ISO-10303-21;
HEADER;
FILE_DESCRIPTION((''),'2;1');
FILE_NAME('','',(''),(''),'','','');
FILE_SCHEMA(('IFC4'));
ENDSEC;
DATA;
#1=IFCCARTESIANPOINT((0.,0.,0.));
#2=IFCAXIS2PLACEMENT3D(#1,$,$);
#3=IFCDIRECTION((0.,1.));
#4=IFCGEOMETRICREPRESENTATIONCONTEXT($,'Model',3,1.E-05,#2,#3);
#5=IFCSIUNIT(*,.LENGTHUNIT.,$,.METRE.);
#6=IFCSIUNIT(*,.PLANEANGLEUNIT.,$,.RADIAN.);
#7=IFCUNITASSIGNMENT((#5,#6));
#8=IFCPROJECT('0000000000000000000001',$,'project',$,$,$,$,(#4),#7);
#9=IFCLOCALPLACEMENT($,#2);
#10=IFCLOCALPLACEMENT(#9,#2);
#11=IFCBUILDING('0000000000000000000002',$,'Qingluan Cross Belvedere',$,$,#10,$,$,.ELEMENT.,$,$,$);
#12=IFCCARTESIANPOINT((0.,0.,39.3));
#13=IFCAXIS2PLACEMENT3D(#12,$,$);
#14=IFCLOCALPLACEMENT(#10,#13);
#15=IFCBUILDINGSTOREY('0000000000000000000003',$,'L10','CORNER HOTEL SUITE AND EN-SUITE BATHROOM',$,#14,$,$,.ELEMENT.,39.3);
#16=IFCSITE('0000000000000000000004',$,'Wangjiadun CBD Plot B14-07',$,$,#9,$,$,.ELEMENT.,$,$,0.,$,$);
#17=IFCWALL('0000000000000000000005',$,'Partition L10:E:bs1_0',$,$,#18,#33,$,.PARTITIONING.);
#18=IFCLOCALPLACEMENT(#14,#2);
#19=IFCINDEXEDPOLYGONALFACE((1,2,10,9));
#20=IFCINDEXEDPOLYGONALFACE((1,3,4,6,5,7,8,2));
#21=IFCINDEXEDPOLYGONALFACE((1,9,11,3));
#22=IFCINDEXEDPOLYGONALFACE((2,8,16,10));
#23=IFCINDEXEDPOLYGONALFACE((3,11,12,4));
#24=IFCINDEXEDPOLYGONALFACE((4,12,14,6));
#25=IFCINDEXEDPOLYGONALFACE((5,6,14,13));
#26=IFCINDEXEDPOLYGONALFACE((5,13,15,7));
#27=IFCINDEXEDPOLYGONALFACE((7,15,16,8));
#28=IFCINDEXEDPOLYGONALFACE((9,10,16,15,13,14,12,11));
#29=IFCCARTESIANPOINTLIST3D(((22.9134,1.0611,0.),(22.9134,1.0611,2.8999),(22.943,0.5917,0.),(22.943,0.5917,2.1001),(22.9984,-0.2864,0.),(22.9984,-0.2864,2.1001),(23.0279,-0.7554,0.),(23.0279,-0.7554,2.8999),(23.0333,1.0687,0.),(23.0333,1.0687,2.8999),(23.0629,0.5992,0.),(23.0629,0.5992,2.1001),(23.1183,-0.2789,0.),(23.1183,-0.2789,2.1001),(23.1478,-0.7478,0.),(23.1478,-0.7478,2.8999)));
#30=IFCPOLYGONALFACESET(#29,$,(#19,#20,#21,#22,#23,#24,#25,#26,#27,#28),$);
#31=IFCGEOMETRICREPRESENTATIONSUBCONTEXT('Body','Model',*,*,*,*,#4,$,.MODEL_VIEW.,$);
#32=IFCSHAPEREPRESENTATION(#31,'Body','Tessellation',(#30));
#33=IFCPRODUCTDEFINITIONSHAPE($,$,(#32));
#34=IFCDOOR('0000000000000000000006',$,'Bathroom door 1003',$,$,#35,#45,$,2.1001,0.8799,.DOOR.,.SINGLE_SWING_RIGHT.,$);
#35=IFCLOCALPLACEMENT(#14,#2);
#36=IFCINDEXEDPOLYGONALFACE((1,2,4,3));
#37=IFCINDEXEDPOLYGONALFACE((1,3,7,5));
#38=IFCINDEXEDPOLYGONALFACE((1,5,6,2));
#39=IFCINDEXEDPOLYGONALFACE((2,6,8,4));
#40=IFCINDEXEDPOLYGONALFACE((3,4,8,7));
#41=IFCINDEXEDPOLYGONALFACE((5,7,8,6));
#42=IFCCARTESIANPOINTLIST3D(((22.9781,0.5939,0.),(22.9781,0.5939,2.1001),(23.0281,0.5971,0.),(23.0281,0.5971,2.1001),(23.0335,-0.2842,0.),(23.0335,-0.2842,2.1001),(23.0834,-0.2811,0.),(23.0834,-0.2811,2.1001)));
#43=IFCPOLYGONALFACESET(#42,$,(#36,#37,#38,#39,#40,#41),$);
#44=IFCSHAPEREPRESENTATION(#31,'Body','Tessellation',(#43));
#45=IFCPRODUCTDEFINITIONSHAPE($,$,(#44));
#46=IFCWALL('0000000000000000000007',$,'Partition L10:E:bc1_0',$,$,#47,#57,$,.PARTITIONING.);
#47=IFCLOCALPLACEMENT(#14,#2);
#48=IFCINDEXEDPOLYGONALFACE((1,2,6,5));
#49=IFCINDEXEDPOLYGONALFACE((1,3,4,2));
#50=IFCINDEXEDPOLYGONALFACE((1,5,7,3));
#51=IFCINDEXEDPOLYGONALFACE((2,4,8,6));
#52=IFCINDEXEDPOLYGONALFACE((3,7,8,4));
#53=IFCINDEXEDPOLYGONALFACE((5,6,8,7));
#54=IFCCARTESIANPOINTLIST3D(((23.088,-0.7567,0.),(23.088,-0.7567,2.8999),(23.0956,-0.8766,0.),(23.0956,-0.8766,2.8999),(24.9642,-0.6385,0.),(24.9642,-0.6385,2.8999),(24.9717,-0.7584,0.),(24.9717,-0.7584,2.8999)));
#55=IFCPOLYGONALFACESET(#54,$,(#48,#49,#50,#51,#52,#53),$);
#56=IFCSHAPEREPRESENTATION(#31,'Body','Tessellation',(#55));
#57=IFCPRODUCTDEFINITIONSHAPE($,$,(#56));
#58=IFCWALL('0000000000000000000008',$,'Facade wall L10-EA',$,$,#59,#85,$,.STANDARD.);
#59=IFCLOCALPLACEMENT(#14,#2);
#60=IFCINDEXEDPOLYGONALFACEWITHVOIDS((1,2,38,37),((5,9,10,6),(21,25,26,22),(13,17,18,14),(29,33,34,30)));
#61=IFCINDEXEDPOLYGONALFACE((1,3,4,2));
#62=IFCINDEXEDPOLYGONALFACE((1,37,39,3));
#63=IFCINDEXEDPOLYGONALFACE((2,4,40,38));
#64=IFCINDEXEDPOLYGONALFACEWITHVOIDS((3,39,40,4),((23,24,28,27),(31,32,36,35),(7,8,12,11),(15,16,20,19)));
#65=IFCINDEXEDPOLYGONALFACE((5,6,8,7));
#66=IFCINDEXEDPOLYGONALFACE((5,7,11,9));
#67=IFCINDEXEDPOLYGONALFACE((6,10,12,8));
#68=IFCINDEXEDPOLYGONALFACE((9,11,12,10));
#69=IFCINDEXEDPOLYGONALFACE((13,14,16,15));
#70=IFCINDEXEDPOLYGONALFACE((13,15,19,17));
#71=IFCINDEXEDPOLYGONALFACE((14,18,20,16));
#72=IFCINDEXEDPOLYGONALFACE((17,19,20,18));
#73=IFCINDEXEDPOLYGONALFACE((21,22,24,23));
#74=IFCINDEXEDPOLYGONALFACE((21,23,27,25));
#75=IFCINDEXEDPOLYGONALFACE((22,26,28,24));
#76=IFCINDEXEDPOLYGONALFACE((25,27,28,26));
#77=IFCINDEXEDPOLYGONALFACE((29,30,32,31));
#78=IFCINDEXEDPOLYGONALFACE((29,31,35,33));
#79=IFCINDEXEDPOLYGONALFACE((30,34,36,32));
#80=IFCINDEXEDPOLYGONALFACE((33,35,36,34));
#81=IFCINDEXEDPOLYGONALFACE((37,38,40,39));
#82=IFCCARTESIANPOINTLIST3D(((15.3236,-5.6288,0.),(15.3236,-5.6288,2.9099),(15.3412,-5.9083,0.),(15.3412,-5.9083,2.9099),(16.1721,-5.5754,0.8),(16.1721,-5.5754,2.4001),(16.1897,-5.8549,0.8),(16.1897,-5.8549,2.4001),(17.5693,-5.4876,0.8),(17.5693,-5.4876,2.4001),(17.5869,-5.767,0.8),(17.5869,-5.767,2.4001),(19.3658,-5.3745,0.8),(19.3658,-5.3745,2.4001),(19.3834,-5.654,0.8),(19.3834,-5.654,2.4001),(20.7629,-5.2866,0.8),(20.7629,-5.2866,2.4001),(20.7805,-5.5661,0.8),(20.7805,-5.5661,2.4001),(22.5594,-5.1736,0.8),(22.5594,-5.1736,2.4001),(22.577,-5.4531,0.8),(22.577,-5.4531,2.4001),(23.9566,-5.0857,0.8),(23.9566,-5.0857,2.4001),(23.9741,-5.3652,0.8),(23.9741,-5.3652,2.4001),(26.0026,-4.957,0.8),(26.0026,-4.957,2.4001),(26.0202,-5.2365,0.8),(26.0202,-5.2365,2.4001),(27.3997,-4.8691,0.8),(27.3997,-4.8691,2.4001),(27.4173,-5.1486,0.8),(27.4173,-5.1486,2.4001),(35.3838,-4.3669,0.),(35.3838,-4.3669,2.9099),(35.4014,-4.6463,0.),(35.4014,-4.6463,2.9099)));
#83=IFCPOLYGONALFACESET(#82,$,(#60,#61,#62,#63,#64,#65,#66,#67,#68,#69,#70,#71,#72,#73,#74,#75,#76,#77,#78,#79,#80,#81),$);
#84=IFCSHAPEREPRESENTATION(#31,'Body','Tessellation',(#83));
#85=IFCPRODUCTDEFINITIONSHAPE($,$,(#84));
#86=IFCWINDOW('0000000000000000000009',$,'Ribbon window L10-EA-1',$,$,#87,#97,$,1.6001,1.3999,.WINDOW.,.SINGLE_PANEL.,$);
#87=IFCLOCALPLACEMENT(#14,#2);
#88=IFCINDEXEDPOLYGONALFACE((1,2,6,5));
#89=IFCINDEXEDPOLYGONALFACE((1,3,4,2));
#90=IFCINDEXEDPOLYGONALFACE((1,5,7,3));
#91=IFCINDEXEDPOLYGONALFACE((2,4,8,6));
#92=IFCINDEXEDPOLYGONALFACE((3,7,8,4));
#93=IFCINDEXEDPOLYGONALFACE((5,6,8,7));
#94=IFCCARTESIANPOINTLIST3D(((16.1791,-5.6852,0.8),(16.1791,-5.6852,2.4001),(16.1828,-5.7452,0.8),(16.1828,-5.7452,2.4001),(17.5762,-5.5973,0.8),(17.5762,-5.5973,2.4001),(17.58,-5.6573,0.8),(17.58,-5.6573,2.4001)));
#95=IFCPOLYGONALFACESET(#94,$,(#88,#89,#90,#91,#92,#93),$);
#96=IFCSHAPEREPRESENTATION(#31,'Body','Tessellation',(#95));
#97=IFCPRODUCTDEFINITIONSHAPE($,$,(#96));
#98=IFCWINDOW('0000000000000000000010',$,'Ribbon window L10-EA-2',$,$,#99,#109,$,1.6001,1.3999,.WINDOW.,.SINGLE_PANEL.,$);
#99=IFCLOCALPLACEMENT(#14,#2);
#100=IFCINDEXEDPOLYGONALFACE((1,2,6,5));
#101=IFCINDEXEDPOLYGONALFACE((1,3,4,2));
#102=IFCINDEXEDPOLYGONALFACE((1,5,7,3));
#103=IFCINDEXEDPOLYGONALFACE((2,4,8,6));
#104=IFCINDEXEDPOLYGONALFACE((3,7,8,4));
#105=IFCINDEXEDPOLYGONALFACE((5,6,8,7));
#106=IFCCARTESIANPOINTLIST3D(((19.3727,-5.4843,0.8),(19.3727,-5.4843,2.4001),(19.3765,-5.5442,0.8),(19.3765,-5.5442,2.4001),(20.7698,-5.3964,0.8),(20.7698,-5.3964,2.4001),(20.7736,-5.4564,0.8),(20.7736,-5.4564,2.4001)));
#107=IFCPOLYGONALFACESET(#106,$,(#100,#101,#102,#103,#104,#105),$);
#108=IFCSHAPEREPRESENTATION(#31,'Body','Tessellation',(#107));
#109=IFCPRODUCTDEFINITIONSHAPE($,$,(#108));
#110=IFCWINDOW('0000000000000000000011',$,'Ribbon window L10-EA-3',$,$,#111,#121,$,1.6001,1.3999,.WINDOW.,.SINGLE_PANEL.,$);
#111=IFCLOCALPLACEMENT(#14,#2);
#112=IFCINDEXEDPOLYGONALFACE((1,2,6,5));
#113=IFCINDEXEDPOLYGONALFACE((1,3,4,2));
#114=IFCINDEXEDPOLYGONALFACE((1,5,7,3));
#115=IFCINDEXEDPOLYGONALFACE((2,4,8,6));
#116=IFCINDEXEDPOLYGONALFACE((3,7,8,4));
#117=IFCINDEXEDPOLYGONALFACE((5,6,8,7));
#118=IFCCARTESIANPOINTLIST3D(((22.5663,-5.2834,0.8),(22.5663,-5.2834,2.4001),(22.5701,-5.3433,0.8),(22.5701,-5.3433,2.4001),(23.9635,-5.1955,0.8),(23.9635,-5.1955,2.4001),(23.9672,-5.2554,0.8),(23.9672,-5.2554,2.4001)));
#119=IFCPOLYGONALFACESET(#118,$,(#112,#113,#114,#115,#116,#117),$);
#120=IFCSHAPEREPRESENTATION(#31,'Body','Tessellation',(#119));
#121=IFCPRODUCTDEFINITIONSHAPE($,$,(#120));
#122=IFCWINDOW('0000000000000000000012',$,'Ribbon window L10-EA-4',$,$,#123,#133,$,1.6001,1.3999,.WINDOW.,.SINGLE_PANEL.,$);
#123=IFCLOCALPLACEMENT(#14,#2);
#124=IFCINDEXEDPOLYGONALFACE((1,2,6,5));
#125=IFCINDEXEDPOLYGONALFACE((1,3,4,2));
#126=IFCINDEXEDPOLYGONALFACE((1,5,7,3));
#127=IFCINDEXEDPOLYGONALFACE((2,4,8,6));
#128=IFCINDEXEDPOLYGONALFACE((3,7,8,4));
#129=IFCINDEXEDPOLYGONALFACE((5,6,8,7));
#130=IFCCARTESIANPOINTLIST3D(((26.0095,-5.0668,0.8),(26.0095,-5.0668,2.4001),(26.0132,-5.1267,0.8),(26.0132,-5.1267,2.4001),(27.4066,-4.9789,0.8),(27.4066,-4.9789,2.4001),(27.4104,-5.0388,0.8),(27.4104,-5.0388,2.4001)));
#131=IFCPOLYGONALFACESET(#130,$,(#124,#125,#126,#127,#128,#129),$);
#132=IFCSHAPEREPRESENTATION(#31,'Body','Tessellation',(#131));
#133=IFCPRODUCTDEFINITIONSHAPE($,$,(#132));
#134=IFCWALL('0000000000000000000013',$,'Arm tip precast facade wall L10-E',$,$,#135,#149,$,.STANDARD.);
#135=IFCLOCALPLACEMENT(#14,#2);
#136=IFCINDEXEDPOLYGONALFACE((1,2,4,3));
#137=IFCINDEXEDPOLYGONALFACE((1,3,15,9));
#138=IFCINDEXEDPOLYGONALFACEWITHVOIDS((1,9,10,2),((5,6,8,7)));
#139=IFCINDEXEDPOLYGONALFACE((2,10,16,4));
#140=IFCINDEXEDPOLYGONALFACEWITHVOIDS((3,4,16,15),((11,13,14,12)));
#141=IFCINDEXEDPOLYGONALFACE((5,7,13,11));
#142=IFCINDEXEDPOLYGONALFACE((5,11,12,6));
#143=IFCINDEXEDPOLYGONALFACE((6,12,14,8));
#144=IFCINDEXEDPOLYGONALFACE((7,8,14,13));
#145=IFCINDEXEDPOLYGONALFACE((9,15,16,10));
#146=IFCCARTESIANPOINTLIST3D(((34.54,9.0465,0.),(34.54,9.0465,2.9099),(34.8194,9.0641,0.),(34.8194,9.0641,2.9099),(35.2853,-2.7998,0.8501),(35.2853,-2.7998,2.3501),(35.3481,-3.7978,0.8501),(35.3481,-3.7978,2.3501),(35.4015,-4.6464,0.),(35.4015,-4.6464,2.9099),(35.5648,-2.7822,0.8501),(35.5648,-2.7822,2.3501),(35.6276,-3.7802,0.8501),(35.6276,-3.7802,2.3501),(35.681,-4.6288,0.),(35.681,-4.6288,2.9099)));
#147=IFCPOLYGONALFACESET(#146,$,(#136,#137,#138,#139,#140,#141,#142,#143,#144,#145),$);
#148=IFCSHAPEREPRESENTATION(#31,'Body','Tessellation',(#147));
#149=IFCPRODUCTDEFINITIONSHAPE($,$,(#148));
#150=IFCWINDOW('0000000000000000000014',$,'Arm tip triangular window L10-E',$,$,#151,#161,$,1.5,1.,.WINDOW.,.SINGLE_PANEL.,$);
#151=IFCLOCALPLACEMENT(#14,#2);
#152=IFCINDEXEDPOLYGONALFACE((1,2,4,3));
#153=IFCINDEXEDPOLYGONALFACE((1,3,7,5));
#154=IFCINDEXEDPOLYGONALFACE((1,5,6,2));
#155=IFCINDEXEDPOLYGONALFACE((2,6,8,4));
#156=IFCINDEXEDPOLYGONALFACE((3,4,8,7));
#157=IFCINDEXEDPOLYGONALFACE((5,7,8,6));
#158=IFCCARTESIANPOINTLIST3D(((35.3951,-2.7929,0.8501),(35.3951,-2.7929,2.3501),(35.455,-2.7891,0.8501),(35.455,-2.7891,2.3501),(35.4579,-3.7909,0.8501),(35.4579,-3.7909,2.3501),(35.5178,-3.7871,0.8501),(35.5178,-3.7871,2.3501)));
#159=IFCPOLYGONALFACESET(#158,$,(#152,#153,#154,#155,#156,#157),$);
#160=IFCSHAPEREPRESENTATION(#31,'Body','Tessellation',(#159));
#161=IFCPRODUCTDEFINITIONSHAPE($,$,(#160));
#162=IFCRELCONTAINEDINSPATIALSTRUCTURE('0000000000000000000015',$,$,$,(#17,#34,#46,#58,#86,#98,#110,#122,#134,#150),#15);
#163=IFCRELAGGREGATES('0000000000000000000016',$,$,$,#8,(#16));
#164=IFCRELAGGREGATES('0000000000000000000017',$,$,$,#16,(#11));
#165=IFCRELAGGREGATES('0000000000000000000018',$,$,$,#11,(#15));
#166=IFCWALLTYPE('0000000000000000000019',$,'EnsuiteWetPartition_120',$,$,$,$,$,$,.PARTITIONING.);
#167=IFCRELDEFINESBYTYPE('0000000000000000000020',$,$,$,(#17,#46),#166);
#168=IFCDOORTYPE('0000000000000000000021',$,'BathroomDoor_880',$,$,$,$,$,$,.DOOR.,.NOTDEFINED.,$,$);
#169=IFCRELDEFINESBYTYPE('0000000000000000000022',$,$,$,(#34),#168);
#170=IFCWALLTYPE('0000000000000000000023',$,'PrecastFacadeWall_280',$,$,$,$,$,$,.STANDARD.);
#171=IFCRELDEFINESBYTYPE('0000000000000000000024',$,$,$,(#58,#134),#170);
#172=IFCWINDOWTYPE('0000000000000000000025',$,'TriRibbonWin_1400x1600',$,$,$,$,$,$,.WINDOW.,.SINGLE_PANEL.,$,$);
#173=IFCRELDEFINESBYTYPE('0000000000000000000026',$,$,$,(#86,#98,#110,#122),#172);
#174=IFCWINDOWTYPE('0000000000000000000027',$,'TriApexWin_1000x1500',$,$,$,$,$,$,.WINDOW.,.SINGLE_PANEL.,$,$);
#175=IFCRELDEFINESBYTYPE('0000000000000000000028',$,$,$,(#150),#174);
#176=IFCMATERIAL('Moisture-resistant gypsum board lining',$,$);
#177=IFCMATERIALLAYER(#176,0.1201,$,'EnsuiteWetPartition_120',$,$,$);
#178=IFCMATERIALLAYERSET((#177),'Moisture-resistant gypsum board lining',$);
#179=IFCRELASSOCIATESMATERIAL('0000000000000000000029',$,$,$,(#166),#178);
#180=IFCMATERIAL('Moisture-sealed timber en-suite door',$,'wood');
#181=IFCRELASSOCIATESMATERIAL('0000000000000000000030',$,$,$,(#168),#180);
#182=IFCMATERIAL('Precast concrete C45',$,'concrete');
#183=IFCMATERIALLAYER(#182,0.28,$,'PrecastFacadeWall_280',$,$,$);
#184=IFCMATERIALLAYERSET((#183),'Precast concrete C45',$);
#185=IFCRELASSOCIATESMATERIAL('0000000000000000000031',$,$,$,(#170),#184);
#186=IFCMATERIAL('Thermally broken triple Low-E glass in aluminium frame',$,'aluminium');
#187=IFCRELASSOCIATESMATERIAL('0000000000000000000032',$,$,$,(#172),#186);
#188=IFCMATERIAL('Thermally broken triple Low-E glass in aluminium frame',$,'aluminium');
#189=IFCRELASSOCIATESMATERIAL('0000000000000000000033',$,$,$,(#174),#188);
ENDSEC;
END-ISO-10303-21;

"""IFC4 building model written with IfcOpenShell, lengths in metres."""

from ifc_helpers import new_model, si_unit, direction, frame, frame_2d, origin, place, context, subcontext, project, spatial, rectangle, extrude, material, layer, layer_set, type_object, element, fill, save


model = new_model("IFC4")

# Units and contexts
model_context = context("Model", 3, precision=1e-05, world=origin(), true_north=direction((0.0, 1.0)))
body_context = subcontext(model_context, "Body", "Model", "MODEL_VIEW")
ifc_project = project(units=[si_unit("LENGTHUNIT", "METRE"), si_unit("PLANEANGLEUNIT", "RADIAN")], contexts=[model_context])

# Site, building, storey
site_placement = place(None, origin())
site = spatial("IfcSite", under=ifc_project, at=site_placement, Name="Wangjiadun CBD Plot B14-07", CompositionType="ELEMENT", RefElevation=0.0)
building_placement = place(site_placement, origin())
building = spatial("IfcBuilding", under=site, at=building_placement, Name="Qingluan Cross Belvedere", CompositionType="ELEMENT")
storey_placement = place(building_placement, frame((0.0, 0.0, 39.3)))
storey = spatial("IfcBuildingStorey", under=building, at=storey_placement, Name="L10", Description="CORNER HOTEL SUITE AND EN-SUITE BATHROOM", CompositionType="ELEMENT", Elevation=39.3)

# Wall, opening, door
ifc_material_1 = material(Name="Moisture-resistant gypsum board lining")
ifc_layer_1 = layer(ifc_material_1, 0.1201, Name="EnsuiteWetPartition_120")
ifc_layer_set_1 = layer_set([ifc_layer_1], Name="Moisture-resistant gypsum board lining")
wall_type_1 = type_object("IfcWallType", Name="EnsuiteWetPartition_120", PredefinedType="PARTITIONING", material=ifc_layer_set_1)
wall_1_placement = place(storey_placement, frame((23.0879, -0.7517, 0.0), z_axis=(0.0, 0.0, 1.0), x_axis=(-0.062913, 0.998019, 0.0)))
wall_1 = element("IfcWall", 1, at=wall_1_placement, inside=storey, type_object=wall_type_1, Name="Partition L10:E:bs1_0", PredefinedType="PARTITIONING", context=body_context, shape_type="SweptSolid", body=[
    extrude(rectangle(XDim=1.8201, YDim=0.1201, at=frame_2d((0.9102, 0.0))), origin(), (0.0, 0.0, 1.0), 2.8999),
])
opening_1_placement = place(wall_1_placement, frame((0.47, 0.0, 0.0)))
opening_1 = element("IfcOpeningElement", 2, at=opening_1_placement, cuts=wall_1, PredefinedType="OPENING", context=body_context, shape_type="SweptSolid", body=[
    extrude(rectangle(XDim=0.8799, YDim=2.1001, at=frame_2d((0.4399, 1.05))), frame((0.0, 0.0701, 0.0), z_axis=(0.0, -1.0, 0.0), x_axis=(1.0, 0.0, 0.0)), (0.0, 0.0, 1.0), 0.1401),
])
ifc_material_2 = material(Name="Moisture-sealed timber en-suite door", Category="wood")
door_type = type_object("IfcDoorType", Name="BathroomDoor_880", OperationType="NOTDEFINED", PredefinedType="DOOR", material=ifc_material_2)
door_placement = place(opening_1_placement, origin())
door = element("IfcDoor", 3, at=door_placement, inside=storey, type_object=door_type, Name="Bathroom door 1003", OperationType="SINGLE_SWING_RIGHT", OverallHeight=2.1001, OverallWidth=0.8799, PredefinedType="DOOR", context=body_context, shape_type="SweptSolid", body=[
    extrude(rectangle(XDim=0.8799, YDim=2.1001, at=frame_2d((0.4399, 1.05))), frame((0.0, 0.0249, 0.0), z_axis=(0.0, -1.0, 0.0), x_axis=(1.0, 0.0, 0.0)), (0.0, 0.0, 1.0), 0.05),
])
fill(opening_1, door)

# Wall
wall_2_placement = place(storey_placement, frame((23.0918, -0.8167, 0.0), z_axis=(0.0, 0.0, 1.0), x_axis=(0.998023, 0.062855, 0.0)))
element("IfcWall", 4, at=wall_2_placement, inside=storey, type_object=wall_type_1, Name="Partition L10:E:bc1_0", PredefinedType="PARTITIONING", context=body_context, shape_type="SweptSolid", body=[
    extrude(rectangle(XDim=1.8799, YDim=0.1201, at=frame_2d((0.9399, 0.0))), origin(), (0.0, 0.0, 1.0), 2.8999),
])

# Wall, openings, windows
ifc_material_3 = material(Name="Precast concrete C45", Category="concrete")
ifc_layer_2 = layer(ifc_material_3, 0.28, Name="PrecastFacadeWall_280")
ifc_layer_set_2 = layer_set([ifc_layer_2], Name="Precast concrete C45")
wall_type_2 = type_object("IfcWallType", Name="PrecastFacadeWall_280", PredefinedType="STANDARD", material=ifc_layer_set_2)
wall_3_placement = place(storey_placement, frame((15.3325, -5.7686, 0.0), z_axis=(0.0, 0.0, 1.0), x_axis=(0.998027, 0.062784, 0.0)))
wall_3 = element("IfcWall", 5, at=wall_3_placement, inside=storey, type_object=wall_type_2, Name="Facade wall L10-EA", PredefinedType="STANDARD", context=body_context, shape_type="SweptSolid", body=[
    extrude(rectangle(XDim=20.0999, YDim=0.28, at=frame_2d((10.0498, 0.0))), origin(), (0.0, 0.0, 1.0), 2.9099),
])
opening_2_placement = place(wall_3_placement, frame((0.8501, 0.0, 0.8)))
opening_2 = element("IfcOpeningElement", 6, at=opening_2_placement, cuts=wall_3, PredefinedType="OPENING", context=body_context, shape_type="SweptSolid", body=[
    extrude(rectangle(XDim=1.3999, YDim=1.6001, at=frame_2d((0.7, 0.8))), frame((0.0, 0.1499, 0.0), z_axis=(0.0, -1.0, 0.0), x_axis=(1.0, 0.0, 0.0)), (0.0, 0.0, 1.0), 0.3),
])
opening_3_placement = place(wall_3_placement, frame((4.05, 0.0, 0.8)))
opening_3 = element("IfcOpeningElement", 7, at=opening_3_placement, cuts=wall_3, PredefinedType="OPENING", context=body_context, shape_type="SweptSolid", body=[
    extrude(rectangle(XDim=1.3999, YDim=1.6001, at=frame_2d((0.7, 0.8))), frame((0.0, 0.1499, 0.0), z_axis=(0.0, -1.0, 0.0), x_axis=(1.0, 0.0, 0.0)), (0.0, 0.0, 1.0), 0.3),
])
opening_4_placement = place(wall_3_placement, frame((7.25, 0.0, 0.8)))
opening_4 = element("IfcOpeningElement", 8, at=opening_4_placement, cuts=wall_3, PredefinedType="OPENING", context=body_context, shape_type="SweptSolid", body=[
    extrude(rectangle(XDim=1.3999, YDim=1.6001, at=frame_2d((0.7, 0.8))), frame((0.0, 0.1499, 0.0), z_axis=(0.0, -1.0, 0.0), x_axis=(1.0, 0.0, 0.0)), (0.0, 0.0, 1.0), 0.3),
])
opening_5_placement = place(wall_3_placement, frame((10.7, 0.0, 0.8)))
opening_5 = element("IfcOpeningElement", 9, at=opening_5_placement, cuts=wall_3, PredefinedType="OPENING", context=body_context, shape_type="SweptSolid", body=[
    extrude(rectangle(XDim=1.3999, YDim=1.6001, at=frame_2d((0.7, 0.8))), frame((0.0, 0.1499, 0.0), z_axis=(0.0, -1.0, 0.0), x_axis=(1.0, 0.0, 0.0)), (0.0, 0.0, 1.0), 0.3),
])
ifc_material_4 = material(Name="Thermally broken triple Low-E glass in aluminium frame", Category="aluminium")
window_type_1 = type_object("IfcWindowType", Name="TriRibbonWin_1400x1600", PartitioningType="SINGLE_PANEL", PredefinedType="WINDOW", material=ifc_material_4)
window_1_placement = place(opening_2_placement, origin())
window_1 = element("IfcWindow", 10, at=window_1_placement, inside=storey, type_object=window_type_1, Name="Ribbon window L10-EA-1", OverallHeight=1.6001, OverallWidth=1.3999, PartitioningType="SINGLE_PANEL", PredefinedType="WINDOW", context=body_context, shape_type="SweptSolid", body=[
    extrude(rectangle(XDim=1.3999, YDim=1.6001, at=frame_2d((0.7, 0.8))), frame((0.0, 0.03, 0.0), z_axis=(0.0, -1.0, 0.0), x_axis=(1.0, 0.0, 0.0)), (0.0, 0.0, 1.0), 0.0601),
])
fill(opening_2, window_1)
window_2_placement = place(opening_3_placement, origin())
window_2 = element("IfcWindow", 11, at=window_2_placement, inside=storey, type_object=window_type_1, Name="Ribbon window L10-EA-2", OverallHeight=1.6001, OverallWidth=1.3999, PartitioningType="SINGLE_PANEL", PredefinedType="WINDOW", context=body_context, shape_type="SweptSolid", body=[
    extrude(rectangle(XDim=1.3999, YDim=1.6001, at=frame_2d((0.7, 0.8))), frame((0.0, 0.03, 0.0), z_axis=(0.0, -1.0, 0.0), x_axis=(1.0, 0.0, 0.0)), (0.0, 0.0, 1.0), 0.0601),
])
fill(opening_3, window_2)
window_3_placement = place(opening_4_placement, origin())
window_3 = element("IfcWindow", 12, at=window_3_placement, inside=storey, type_object=window_type_1, Name="Ribbon window L10-EA-3", OverallHeight=1.6001, OverallWidth=1.3999, PartitioningType="SINGLE_PANEL", PredefinedType="WINDOW", context=body_context, shape_type="SweptSolid", body=[
    extrude(rectangle(XDim=1.3999, YDim=1.6001, at=frame_2d((0.7, 0.8))), frame((0.0, 0.03, 0.0), z_axis=(0.0, -1.0, 0.0), x_axis=(1.0, 0.0, 0.0)), (0.0, 0.0, 1.0), 0.0601),
])
fill(opening_4, window_3)
window_4_placement = place(opening_5_placement, origin())
window_4 = element("IfcWindow", 13, at=window_4_placement, inside=storey, type_object=window_type_1, Name="Ribbon window L10-EA-4", OverallHeight=1.6001, OverallWidth=1.3999, PartitioningType="SINGLE_PANEL", PredefinedType="WINDOW", context=body_context, shape_type="SweptSolid", body=[
    extrude(rectangle(XDim=1.3999, YDim=1.6001, at=frame_2d((0.7, 0.8))), frame((0.0, 0.03, 0.0), z_axis=(0.0, -1.0, 0.0), x_axis=(1.0, 0.0, 0.0)), (0.0, 0.0, 1.0), 0.0601),
])
fill(opening_5, window_4)

# Wall, opening, window
wall_4_placement = place(storey_placement, frame((35.5413, -4.6375, 0.0), z_axis=(0.0, 0.0, 1.0), x_axis=(-0.062797, 0.998026, 0.0)))
wall_4 = element("IfcWall", 14, at=wall_4_placement, inside=storey, type_object=wall_type_2, Name="Arm tip precast facade wall L10-E", PredefinedType="STANDARD", context=body_context, shape_type="SweptSolid", body=[
    extrude(rectangle(XDim=13.72, YDim=0.28, at=frame_2d((6.8599, 0.0))), origin(), (0.0, 0.0, 1.0), 2.9099),
])
opening_6_placement = place(wall_4_placement, frame((0.8501, 0.0, 0.8501)))
opening_6 = element("IfcOpeningElement", 15, at=opening_6_placement, cuts=wall_4, PredefinedType="OPENING", context=body_context, shape_type="SweptSolid", body=[
    extrude(rectangle(XDim=1.0, YDim=1.5, at=frame_2d((0.5, 0.75))), frame((0.0, 0.1499, 0.0), z_axis=(0.0, -1.0, 0.0), x_axis=(1.0, 0.0, 0.0)), (0.0, 0.0, 1.0), 0.3),
])
ifc_material_5 = material(Name="Thermally broken triple Low-E glass in aluminium frame", Category="aluminium")
window_type_2 = type_object("IfcWindowType", Name="TriApexWin_1000x1500", PartitioningType="SINGLE_PANEL", PredefinedType="WINDOW", material=ifc_material_5)
window_5_placement = place(opening_6_placement, origin())
window_5 = element("IfcWindow", 16, at=window_5_placement, inside=storey, type_object=window_type_2, Name="Arm tip triangular window L10-E", OverallHeight=1.5, OverallWidth=1.0, PartitioningType="SINGLE_PANEL", PredefinedType="WINDOW", context=body_context, shape_type="SweptSolid", body=[
    extrude(rectangle(XDim=1.0, YDim=1.5, at=frame_2d((0.5, 0.75))), frame((0.0, 0.03, 0.0), z_axis=(0.0, -1.0, 0.0), x_axis=(1.0, 0.0, 0.0)), (0.0, 0.0, 1.0), 0.0601),
])
fill(opening_6, window_5)

save(model, "model.ifc")
